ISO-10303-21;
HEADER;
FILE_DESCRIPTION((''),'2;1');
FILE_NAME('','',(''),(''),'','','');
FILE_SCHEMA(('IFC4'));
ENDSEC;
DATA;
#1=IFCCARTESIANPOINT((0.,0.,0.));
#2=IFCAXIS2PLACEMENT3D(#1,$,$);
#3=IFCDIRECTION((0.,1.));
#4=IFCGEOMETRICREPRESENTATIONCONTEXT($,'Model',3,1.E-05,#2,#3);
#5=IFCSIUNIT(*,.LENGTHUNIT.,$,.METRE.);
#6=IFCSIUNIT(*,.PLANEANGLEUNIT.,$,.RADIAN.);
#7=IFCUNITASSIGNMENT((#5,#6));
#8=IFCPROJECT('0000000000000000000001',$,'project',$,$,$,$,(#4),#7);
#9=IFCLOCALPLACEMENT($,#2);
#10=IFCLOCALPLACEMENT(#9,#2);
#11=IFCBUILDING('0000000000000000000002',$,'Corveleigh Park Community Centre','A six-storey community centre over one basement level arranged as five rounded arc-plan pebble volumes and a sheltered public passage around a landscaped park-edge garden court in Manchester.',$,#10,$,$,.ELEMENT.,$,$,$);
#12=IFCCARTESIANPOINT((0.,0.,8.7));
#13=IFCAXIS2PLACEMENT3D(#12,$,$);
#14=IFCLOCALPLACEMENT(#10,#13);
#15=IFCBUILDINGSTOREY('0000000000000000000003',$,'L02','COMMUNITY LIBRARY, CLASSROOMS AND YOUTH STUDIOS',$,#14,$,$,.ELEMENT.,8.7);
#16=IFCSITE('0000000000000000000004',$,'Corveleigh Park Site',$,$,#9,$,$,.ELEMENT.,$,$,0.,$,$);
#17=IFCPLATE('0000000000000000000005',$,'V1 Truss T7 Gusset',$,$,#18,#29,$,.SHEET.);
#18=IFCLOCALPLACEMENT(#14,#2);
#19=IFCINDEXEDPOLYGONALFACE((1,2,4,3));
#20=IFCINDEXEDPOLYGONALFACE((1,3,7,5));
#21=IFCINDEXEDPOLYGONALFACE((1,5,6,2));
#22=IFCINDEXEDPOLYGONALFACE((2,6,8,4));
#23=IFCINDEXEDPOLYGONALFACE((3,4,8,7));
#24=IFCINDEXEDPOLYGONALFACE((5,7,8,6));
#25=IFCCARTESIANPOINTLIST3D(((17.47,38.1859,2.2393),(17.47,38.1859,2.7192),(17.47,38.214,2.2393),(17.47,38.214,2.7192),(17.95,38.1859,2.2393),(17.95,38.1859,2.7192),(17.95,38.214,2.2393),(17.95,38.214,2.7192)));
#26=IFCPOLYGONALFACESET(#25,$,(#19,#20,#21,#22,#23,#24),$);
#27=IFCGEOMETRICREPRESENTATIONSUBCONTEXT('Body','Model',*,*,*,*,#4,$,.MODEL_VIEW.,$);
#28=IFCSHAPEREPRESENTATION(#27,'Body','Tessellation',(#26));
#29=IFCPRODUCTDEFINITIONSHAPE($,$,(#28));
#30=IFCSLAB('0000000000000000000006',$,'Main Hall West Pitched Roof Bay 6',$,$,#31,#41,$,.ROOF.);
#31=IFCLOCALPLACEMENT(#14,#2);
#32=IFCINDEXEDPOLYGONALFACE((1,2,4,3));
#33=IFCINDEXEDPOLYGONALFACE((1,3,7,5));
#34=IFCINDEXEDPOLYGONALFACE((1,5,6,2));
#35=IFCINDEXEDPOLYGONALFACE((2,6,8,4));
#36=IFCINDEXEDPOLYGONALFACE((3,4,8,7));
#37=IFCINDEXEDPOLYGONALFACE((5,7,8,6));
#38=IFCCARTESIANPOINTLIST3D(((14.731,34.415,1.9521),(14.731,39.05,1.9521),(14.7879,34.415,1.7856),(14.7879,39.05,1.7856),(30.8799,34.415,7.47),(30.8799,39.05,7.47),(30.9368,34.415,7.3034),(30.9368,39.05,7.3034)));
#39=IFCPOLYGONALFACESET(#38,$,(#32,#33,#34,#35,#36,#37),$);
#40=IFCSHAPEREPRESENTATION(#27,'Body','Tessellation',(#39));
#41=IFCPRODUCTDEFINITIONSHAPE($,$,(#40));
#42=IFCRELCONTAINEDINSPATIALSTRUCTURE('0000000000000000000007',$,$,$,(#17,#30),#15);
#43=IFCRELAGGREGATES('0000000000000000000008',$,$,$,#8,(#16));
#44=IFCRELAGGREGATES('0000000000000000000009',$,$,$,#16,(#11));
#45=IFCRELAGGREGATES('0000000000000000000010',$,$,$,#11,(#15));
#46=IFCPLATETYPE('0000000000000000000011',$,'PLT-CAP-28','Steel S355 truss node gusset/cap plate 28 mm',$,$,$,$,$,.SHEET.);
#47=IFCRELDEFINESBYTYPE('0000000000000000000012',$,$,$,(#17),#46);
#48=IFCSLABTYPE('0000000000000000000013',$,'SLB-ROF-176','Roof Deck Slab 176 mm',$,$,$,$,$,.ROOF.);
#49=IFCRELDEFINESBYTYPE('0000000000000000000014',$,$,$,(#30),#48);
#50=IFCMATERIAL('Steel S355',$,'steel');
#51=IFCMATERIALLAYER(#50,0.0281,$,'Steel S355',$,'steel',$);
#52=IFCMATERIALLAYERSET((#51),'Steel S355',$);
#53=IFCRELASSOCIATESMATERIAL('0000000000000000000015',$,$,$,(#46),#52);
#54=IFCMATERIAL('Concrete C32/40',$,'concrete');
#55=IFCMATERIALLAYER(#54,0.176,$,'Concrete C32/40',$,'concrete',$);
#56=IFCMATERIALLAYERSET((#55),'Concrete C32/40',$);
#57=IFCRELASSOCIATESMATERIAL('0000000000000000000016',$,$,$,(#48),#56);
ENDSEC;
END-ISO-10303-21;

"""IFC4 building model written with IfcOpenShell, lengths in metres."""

from ifc_helpers import new_model, si_unit, direction, frame, origin, origin_2d, place, context, subcontext, project, spatial, polyline, rectangle, outline, extrude, material, layer, layer_set, type_object, element, save


model = new_model("IFC4")

# Units and contexts
model_context = context("Model", 3, precision=1e-05, world=origin(), true_north=direction((0.0, 1.0)))
body_context = subcontext(model_context, "Body", "Model", "MODEL_VIEW")
ifc_project = project(units=[si_unit("LENGTHUNIT", "METRE"), si_unit("PLANEANGLEUNIT", "RADIAN")], contexts=[model_context])

# Site, building, storey
site_placement = place(None, origin())
site = spatial("IfcSite", under=ifc_project, at=site_placement, Name="Corveleigh Park Site", CompositionType="ELEMENT", RefElevation=0.0)
building_placement = place(site_placement, origin())
building = spatial("IfcBuilding", under=site, at=building_placement, Name="Corveleigh Park Community Centre", Description="A six-storey community centre over one basement level arranged as five rounded arc-plan pebble volumes and a sheltered public passage around a landscaped park-edge garden court in Manchester.", CompositionType="ELEMENT")
storey_placement = place(building_placement, frame((0.0, 0.0, 8.7)))
storey = spatial("IfcBuildingStorey", under=building, at=storey_placement, Name="L02", Description="COMMUNITY LIBRARY, CLASSROOMS AND YOUTH STUDIOS", CompositionType="ELEMENT", Elevation=8.7)

# Shared definitions
ifc_material_1 = material(Name="Steel S355", Category="steel")

# Plate
ifc_layer_1 = layer(ifc_material_1, 0.0281, Name="Steel S355", Category="steel")
ifc_layer_set_1 = layer_set([ifc_layer_1], Name="Steel S355")
plate_type_1 = type_object("IfcPlateType", Name="PLT-CAP-28", Description="Steel S355 truss node gusset/cap plate 28 mm", PredefinedType="SHEET", material=ifc_layer_set_1)
plate_1_placement = place(storey_placement, frame((17.71, 38.2, 2.2393), z_axis=(0.0, 0.0, 1.0), x_axis=(1.0, 0.0, 0.0)))
element("IfcPlate", 1, at=plate_1_placement, inside=storey, type_object=plate_type_1, Name="V1 Truss T7 Gusset", PredefinedType="SHEET", context=body_context, shape_type="SweptSolid", body=[
    extrude(rectangle(XDim=0.48, YDim=0.0281, at=origin_2d()), origin(), (0.0, 0.0, 1.0), 0.48),
])

# Slab
ifc_material_2 = material(Name="Concrete C32/40", Category="concrete")
ifc_layer_2 = layer(ifc_material_2, 0.176, Name="Concrete C32/40", Category="concrete")
ifc_layer_set_2 = layer_set([ifc_layer_2], Name="Concrete C32/40")
slab_type = type_object("IfcSlabType", Name="SLB-ROF-176", Description="Roof Deck Slab 176 mm", PredefinedType="ROOF", material=ifc_layer_set_2)
slab_placement = place(storey_placement, frame((14.731, 34.415, 1.9521), z_axis=(-0.32333, 0.0, 0.946286), x_axis=(0.946286, 0.0, 0.32333)))
element("IfcSlab", 2, at=slab_placement, inside=storey, type_object=slab_type, Name="Main Hall West Pitched Roof Bay 6", PredefinedType="ROOF", context=body_context, shape_type="SweptSolid", body=[
    extrude(outline(polyline([(0.0, 0.0), (17.0656, 0.0), (17.0656, 4.635), (0.0, 4.635), (0.0, 0.0)])), origin(), (0.0, 0.0, -1.0), 0.176),
])

save(model, "model.ifc")
